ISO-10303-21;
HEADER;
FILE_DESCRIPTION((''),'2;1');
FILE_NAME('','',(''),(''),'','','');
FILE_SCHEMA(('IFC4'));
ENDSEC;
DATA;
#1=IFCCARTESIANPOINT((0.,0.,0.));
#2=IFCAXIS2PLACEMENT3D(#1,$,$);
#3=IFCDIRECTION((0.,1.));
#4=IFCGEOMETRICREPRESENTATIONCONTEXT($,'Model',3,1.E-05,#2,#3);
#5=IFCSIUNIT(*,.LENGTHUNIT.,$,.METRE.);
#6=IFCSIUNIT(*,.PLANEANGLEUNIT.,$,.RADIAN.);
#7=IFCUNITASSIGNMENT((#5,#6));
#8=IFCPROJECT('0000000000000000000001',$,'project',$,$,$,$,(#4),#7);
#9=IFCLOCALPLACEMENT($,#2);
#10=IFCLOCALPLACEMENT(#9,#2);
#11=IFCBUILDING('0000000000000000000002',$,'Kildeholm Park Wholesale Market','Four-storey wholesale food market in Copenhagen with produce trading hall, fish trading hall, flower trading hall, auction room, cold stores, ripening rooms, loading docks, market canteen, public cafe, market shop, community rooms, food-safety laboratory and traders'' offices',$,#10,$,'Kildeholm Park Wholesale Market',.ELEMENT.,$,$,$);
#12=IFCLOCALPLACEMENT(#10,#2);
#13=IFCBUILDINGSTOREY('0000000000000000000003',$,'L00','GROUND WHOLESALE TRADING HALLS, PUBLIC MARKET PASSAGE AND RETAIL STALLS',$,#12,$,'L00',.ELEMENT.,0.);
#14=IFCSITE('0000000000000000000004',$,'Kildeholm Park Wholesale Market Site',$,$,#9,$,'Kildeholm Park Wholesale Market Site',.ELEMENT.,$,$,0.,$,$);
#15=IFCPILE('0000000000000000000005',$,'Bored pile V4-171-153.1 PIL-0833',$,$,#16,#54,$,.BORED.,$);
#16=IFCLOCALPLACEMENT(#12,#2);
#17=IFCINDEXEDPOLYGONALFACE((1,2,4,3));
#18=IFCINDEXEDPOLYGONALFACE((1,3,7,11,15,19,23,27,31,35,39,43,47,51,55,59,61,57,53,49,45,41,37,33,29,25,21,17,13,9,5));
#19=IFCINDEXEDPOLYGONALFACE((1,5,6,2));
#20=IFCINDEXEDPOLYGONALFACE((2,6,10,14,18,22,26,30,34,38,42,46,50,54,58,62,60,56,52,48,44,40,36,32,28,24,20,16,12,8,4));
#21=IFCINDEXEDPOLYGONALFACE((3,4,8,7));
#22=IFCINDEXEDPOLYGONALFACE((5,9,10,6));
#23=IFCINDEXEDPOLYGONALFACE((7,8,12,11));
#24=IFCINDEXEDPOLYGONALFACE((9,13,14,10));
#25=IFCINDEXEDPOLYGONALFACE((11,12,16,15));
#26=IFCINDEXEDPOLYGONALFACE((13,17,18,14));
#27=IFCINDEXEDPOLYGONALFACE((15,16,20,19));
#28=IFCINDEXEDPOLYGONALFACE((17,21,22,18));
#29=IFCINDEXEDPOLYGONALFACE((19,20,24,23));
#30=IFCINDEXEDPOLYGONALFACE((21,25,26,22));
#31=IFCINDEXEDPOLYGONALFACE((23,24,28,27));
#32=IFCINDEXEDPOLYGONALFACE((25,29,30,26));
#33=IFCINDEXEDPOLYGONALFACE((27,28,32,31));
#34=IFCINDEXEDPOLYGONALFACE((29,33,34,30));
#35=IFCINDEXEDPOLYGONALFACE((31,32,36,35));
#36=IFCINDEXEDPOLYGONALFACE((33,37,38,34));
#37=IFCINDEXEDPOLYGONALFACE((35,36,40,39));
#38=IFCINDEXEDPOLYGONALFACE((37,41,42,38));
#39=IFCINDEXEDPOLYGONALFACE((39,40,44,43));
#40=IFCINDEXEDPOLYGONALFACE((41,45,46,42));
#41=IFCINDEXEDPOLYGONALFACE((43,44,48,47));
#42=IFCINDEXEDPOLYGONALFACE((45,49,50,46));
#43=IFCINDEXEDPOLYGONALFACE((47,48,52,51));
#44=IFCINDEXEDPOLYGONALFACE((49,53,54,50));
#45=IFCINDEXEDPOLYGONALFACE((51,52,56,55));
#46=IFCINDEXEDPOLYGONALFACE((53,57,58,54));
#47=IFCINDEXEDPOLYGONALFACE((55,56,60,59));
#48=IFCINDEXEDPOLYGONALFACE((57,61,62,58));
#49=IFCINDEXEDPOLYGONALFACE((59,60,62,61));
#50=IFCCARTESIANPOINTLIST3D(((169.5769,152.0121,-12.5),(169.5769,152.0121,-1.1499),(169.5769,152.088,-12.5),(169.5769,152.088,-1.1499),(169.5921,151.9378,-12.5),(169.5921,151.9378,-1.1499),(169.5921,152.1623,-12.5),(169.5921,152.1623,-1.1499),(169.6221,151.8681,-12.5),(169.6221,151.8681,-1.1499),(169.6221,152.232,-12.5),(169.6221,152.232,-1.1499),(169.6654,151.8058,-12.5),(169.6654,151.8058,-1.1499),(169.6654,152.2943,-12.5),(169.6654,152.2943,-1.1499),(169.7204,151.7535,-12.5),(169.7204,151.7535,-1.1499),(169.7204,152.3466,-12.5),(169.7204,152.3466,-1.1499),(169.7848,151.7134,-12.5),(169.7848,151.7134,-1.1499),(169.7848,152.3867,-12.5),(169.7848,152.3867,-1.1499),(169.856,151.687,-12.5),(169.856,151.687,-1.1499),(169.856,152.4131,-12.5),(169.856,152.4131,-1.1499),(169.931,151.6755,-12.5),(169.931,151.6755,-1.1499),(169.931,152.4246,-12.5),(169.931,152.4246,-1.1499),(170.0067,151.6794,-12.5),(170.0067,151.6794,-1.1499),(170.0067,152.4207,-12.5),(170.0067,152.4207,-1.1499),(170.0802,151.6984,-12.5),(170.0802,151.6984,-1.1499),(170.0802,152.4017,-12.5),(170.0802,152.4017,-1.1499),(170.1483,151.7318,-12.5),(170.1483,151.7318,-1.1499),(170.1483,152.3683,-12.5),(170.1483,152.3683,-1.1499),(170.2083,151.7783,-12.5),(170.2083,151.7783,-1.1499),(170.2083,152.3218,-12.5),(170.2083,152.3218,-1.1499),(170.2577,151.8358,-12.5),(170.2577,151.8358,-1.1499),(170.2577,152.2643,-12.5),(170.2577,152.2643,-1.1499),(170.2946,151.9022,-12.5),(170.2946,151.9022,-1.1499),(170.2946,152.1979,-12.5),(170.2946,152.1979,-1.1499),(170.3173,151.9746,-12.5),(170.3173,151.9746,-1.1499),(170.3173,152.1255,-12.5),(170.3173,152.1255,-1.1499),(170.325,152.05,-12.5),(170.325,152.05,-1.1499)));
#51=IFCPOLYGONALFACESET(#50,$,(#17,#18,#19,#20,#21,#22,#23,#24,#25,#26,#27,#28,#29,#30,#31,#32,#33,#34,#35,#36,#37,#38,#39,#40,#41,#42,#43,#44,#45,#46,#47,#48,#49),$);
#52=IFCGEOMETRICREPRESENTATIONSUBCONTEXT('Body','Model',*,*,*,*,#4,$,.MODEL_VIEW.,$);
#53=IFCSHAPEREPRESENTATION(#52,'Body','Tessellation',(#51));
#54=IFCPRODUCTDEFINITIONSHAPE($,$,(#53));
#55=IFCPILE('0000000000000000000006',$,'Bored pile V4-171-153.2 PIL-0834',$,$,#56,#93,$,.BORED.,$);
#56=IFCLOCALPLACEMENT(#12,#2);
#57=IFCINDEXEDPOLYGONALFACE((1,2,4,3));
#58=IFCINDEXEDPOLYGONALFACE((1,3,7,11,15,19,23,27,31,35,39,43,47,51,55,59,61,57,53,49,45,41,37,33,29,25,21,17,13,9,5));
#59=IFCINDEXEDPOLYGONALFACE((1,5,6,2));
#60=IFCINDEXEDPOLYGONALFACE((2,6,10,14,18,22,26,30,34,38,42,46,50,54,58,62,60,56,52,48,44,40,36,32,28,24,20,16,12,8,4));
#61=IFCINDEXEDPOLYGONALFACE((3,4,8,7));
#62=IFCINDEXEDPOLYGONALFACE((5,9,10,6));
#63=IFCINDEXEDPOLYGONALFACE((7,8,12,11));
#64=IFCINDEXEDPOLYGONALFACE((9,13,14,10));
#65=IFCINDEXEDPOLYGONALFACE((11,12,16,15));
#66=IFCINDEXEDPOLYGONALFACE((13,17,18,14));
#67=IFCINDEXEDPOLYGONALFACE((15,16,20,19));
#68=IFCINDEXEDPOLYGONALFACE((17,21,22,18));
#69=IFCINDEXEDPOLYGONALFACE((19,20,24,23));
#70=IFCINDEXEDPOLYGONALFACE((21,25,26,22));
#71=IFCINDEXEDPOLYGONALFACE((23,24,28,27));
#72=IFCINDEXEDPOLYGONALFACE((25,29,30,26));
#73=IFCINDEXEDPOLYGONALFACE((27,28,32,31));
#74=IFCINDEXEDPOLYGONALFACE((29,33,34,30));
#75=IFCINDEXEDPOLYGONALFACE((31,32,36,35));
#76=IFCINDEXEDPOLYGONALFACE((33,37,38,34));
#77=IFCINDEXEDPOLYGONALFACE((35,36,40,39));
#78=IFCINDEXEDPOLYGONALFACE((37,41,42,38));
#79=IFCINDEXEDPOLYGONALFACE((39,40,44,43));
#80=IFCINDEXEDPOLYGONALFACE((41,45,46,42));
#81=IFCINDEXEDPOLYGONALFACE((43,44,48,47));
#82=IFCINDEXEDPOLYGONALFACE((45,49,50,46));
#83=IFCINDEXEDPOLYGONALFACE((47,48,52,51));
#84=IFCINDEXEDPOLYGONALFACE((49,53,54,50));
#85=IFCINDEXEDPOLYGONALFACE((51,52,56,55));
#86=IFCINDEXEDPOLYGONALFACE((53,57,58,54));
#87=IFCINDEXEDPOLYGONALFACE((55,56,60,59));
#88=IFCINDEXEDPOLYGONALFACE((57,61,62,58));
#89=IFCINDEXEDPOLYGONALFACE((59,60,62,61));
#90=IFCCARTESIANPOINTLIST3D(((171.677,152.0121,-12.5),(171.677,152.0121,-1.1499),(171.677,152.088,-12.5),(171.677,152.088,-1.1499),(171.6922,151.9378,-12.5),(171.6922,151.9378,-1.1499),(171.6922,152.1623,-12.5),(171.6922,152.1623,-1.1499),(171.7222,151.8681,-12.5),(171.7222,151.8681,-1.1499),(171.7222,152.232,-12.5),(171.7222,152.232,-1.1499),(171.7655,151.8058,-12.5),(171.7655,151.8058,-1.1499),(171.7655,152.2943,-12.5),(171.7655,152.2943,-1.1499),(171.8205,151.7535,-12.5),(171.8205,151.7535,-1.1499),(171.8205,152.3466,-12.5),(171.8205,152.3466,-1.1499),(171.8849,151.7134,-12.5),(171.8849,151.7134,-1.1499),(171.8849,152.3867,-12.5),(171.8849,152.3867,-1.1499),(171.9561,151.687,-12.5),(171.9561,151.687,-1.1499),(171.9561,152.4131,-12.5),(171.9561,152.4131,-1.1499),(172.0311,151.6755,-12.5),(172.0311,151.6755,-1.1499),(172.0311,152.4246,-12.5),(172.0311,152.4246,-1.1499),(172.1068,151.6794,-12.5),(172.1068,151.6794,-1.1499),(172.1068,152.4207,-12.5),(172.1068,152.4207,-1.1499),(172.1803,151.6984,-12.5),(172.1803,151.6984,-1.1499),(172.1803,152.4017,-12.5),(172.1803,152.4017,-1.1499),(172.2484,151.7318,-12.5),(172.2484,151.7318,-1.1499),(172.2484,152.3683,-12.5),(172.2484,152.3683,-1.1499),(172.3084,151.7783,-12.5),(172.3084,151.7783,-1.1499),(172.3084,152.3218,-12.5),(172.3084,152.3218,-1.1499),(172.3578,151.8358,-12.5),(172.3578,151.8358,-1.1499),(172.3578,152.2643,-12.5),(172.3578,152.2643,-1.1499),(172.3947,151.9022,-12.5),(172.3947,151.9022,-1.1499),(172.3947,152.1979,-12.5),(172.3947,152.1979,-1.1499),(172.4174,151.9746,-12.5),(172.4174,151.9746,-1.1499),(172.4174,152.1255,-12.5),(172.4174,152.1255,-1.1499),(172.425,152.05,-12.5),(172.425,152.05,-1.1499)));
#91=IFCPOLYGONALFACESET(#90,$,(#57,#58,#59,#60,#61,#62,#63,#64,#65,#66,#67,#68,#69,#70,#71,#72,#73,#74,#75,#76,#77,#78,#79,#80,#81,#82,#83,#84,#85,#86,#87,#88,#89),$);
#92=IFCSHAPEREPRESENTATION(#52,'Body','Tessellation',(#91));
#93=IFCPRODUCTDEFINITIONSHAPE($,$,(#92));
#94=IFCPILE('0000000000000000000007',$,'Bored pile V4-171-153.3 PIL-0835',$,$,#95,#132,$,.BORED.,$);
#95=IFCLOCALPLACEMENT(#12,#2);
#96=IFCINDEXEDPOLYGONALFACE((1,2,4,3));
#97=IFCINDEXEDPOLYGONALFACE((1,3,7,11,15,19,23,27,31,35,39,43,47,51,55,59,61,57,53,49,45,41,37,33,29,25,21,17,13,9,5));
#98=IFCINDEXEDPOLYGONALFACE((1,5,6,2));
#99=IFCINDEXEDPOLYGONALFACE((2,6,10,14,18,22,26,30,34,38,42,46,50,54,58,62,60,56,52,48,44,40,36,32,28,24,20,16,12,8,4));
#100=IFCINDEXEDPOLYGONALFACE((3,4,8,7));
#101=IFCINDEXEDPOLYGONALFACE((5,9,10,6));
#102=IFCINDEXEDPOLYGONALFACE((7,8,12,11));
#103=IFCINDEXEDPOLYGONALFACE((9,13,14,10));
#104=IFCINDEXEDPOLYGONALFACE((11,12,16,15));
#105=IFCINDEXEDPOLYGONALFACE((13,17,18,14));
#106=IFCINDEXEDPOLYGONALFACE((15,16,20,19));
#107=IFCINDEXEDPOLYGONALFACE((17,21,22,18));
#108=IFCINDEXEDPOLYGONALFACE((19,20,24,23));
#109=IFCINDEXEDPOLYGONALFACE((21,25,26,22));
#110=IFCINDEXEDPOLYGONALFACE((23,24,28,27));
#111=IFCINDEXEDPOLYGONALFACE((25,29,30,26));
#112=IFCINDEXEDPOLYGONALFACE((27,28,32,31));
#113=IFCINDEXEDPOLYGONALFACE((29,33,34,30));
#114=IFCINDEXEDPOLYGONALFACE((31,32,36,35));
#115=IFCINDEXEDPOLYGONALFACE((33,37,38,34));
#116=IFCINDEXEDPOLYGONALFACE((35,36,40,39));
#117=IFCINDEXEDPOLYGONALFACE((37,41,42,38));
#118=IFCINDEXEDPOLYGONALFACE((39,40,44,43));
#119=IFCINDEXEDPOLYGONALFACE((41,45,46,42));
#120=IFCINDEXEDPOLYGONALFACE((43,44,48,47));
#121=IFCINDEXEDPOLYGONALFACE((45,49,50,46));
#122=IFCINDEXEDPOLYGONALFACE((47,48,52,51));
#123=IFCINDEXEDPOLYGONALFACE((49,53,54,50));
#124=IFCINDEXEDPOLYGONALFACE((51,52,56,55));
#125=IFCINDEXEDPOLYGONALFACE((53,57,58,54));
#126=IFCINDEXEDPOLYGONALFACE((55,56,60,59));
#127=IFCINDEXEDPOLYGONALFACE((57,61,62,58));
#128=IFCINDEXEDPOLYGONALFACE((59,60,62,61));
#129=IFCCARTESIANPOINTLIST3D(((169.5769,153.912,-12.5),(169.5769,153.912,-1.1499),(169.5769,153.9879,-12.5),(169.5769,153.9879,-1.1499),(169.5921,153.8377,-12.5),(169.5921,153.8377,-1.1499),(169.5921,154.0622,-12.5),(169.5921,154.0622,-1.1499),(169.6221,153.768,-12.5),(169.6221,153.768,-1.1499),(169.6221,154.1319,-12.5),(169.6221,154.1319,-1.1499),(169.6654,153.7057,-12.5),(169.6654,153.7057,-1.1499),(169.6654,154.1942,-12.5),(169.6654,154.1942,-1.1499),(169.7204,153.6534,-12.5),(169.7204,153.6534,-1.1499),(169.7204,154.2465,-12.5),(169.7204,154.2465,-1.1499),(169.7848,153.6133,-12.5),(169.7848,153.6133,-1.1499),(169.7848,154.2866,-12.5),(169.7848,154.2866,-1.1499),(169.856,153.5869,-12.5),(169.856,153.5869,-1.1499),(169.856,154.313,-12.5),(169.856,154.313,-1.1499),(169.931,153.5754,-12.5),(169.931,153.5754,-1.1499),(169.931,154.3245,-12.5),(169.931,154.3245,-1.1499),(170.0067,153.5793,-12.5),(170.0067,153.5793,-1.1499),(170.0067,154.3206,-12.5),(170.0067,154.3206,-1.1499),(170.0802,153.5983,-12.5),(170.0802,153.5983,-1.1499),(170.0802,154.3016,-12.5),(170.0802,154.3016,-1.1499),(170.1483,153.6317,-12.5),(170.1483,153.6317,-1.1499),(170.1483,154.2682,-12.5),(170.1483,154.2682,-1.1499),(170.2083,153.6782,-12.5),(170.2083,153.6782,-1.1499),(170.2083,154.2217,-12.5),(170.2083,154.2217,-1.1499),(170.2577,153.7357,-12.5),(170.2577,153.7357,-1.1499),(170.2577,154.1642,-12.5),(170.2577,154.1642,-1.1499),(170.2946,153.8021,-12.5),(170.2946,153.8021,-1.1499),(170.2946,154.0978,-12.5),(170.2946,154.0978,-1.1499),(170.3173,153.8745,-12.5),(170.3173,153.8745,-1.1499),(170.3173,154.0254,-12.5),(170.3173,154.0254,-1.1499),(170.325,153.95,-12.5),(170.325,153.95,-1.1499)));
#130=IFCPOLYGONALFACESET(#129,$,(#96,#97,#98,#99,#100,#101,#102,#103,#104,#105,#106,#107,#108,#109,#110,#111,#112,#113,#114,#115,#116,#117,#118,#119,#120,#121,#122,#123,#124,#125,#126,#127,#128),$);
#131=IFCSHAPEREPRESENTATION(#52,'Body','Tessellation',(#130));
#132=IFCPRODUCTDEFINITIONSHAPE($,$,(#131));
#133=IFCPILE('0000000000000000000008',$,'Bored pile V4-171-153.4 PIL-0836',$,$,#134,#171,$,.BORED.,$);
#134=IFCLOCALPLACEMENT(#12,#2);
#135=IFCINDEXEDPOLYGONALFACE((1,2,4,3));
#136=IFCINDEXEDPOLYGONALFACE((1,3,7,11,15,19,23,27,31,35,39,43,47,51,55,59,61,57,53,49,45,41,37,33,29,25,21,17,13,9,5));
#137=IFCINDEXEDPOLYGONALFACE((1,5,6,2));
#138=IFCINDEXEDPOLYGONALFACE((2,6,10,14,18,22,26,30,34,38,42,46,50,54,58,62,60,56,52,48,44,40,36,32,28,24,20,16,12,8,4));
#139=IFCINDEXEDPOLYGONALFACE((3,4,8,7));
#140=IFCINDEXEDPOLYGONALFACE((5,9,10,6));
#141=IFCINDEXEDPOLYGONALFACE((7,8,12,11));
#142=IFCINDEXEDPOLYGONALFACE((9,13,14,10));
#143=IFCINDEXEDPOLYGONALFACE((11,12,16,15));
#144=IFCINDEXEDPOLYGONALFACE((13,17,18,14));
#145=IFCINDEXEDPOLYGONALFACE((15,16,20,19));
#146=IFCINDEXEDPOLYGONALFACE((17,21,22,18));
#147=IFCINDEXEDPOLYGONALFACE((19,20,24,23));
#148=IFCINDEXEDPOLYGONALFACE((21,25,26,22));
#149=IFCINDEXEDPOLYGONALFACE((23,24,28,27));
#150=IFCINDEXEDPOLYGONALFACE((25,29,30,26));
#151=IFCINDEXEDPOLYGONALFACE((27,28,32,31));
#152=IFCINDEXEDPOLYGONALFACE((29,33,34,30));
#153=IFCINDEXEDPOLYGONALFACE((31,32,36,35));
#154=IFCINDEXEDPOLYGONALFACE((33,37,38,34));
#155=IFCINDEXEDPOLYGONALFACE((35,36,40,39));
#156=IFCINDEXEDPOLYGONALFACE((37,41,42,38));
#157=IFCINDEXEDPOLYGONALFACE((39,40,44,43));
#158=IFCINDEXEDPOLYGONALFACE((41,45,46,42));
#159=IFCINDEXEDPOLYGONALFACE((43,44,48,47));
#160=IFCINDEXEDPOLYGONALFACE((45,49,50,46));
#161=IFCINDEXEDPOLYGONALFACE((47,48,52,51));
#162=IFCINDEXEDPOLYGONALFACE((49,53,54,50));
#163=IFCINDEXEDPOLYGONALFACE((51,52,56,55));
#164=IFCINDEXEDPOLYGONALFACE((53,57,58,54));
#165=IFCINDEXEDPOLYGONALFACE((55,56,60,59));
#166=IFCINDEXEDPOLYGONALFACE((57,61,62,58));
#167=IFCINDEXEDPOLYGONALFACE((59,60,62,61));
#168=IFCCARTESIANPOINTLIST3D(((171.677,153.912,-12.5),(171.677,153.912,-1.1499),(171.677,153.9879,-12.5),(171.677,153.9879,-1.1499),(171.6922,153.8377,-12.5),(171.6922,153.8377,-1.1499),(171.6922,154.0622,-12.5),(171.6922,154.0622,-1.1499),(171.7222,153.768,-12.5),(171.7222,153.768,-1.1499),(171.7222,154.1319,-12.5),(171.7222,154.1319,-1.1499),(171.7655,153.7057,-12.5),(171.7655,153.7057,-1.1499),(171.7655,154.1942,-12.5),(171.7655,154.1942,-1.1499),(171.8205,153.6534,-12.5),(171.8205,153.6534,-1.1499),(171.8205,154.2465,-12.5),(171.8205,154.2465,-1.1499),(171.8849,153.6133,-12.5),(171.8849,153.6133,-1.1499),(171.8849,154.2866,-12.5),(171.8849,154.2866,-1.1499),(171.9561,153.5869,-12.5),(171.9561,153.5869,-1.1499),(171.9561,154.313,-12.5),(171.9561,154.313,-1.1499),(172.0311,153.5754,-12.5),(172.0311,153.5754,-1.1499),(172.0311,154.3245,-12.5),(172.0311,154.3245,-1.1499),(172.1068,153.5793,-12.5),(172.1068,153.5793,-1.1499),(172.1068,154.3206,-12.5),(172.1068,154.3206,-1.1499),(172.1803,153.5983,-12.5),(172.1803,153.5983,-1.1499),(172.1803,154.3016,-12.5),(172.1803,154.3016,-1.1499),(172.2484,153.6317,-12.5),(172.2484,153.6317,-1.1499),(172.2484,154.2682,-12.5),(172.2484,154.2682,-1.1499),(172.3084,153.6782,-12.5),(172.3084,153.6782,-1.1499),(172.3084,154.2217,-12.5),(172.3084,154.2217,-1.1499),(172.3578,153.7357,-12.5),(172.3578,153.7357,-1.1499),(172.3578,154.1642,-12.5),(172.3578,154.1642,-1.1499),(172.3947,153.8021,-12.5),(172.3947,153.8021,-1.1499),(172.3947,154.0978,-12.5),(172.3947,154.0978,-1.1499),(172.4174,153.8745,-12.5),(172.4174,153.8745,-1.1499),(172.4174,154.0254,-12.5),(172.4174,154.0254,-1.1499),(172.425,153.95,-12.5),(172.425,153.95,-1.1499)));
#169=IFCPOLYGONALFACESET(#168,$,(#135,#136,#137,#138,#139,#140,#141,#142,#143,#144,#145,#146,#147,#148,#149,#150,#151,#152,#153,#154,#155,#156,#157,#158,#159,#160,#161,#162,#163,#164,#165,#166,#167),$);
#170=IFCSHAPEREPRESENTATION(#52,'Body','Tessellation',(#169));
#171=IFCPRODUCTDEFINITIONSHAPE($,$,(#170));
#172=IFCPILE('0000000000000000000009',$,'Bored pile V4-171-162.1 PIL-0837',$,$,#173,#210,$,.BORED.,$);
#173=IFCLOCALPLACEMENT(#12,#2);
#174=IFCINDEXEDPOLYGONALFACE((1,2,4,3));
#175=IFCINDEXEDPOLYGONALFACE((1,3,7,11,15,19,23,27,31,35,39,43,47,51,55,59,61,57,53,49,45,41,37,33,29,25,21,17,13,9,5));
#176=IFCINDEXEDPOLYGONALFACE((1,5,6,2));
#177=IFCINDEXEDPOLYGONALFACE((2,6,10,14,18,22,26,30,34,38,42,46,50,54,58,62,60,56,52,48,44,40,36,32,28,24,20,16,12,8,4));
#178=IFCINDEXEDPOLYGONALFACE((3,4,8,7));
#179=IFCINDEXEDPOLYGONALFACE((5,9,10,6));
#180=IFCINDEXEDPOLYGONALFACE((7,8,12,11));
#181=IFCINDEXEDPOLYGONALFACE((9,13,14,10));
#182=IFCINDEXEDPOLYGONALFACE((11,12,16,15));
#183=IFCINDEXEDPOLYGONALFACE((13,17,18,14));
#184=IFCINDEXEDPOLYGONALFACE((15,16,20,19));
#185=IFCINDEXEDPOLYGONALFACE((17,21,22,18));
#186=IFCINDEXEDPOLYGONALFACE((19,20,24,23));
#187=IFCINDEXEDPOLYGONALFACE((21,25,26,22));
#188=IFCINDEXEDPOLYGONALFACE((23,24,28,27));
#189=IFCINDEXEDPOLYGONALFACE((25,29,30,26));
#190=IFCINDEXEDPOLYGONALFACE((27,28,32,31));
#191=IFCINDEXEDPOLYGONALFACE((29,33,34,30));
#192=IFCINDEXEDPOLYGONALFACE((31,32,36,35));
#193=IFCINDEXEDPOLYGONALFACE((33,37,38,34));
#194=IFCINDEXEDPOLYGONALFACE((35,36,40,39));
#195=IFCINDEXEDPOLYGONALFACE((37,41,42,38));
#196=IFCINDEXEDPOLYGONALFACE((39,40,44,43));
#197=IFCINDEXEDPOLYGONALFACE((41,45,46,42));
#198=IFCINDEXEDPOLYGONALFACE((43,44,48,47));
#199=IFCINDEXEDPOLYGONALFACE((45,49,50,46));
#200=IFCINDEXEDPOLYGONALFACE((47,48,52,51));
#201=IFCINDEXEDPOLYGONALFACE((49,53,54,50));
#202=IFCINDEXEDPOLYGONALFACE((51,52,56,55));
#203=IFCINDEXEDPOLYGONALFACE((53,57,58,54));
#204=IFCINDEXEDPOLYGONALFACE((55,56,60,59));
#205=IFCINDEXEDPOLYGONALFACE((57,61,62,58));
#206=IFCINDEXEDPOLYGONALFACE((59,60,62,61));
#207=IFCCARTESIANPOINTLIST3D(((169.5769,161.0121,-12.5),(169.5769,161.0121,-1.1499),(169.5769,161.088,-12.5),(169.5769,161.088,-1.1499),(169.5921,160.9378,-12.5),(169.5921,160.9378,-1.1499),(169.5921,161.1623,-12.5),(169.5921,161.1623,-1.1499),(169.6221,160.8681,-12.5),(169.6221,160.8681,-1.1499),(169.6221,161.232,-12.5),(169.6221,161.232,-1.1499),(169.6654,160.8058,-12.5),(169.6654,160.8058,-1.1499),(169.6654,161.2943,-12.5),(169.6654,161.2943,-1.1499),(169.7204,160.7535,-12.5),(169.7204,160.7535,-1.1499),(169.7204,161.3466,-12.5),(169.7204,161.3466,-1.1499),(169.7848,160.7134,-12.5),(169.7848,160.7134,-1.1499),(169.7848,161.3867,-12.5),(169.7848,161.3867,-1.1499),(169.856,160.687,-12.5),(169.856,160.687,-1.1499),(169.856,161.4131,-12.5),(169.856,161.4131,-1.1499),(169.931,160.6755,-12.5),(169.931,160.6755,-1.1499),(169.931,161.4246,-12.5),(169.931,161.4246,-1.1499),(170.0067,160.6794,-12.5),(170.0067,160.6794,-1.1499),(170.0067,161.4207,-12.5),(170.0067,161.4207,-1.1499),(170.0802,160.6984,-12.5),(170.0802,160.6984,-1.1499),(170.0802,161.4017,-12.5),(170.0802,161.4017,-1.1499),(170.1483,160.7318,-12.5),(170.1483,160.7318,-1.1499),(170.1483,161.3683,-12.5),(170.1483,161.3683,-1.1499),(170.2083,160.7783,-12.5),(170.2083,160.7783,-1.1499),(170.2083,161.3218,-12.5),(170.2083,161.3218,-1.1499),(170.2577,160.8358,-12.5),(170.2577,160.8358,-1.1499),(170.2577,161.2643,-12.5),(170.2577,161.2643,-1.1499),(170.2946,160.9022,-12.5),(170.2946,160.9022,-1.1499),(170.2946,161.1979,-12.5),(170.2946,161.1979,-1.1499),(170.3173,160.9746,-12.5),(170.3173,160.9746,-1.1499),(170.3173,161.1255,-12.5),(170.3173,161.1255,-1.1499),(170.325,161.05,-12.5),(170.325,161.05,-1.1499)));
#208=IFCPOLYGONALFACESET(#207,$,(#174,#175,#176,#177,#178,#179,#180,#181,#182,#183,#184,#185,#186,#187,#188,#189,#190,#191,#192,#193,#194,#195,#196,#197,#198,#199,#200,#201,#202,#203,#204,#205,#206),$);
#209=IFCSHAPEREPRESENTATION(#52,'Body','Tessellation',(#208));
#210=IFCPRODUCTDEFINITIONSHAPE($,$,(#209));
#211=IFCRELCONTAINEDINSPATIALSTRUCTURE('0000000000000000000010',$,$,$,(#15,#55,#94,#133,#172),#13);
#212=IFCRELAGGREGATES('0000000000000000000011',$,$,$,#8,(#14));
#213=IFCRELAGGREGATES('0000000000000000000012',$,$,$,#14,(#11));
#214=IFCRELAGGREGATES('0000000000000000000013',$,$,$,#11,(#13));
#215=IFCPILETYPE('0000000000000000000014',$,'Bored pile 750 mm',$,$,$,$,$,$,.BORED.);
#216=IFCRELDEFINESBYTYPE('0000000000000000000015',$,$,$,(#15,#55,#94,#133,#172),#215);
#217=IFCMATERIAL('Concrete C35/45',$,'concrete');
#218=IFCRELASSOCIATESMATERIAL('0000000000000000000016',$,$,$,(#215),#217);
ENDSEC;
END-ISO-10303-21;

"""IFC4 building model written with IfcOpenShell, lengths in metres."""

from ifc_helpers import new_model, si_unit, direction, frame, origin, origin_2d, place, context, subcontext, project, spatial, circle, extrude, material, material_profile, profile_set, type_object, element, save


model = new_model("IFC4")

# Units and contexts
model_context = context("Model", 3, precision=1e-05, world=origin(), true_north=direction((0.0, 1.0)))
body_context = subcontext(model_context, "Body", "Model", "MODEL_VIEW")
ifc_project = project(units=[si_unit("LENGTHUNIT", "METRE"), si_unit("PLANEANGLEUNIT", "RADIAN")], contexts=[model_context])

# Site, building, storey
site_placement = place(None, origin())
site = spatial("IfcSite", under=ifc_project, at=site_placement, Name="Kildeholm Park Wholesale Market Site", LongName="Kildeholm Park Wholesale Market Site", CompositionType="ELEMENT", RefElevation=0.0)
building_placement = place(site_placement, origin())
building = spatial("IfcBuilding", under=site, at=building_placement, Name="Kildeholm Park Wholesale Market", Description="Four-storey wholesale food market in Copenhagen with produce trading hall, fish trading hall, flower trading hall, auction room, cold stores, ripening rooms, loading docks, market canteen, public cafe, market shop, community rooms, food-safety laboratory and traders' offices", LongName="Kildeholm Park Wholesale Market", CompositionType="ELEMENT")
storey_placement = place(building_placement, origin())
storey = spatial("IfcBuildingStorey", under=building, at=storey_placement, Name="L00", Description="GROUND WHOLESALE TRADING HALLS, PUBLIC MARKET PASSAGE AND RETAIL STALLS", LongName="L00", CompositionType="ELEMENT", Elevation=0.0)

# Piles
ifc_material_1 = material(Name="Concrete C35/45", Category="concrete")
ifc_material_profile_1 = material_profile(ifc_material_1, circle(Radius=0.375, at=origin_2d()), Name="PILE D750")
ifc_profile_set_1 = profile_set([ifc_material_profile_1], Name="Concrete C35/45")
pile_type = type_object("IfcPileType", Name="Bored pile 750 mm", PredefinedType="BORED", material=ifc_profile_set_1)
for number, where, z_axis, x_axis, name in (
    (1, (169.95, 152.05, -1.1499), (0.0, 0.0, -1.0), (1.0, 0.0, 0.0), "Bored pile V4-171-153.1 PIL-0833"),
    (2, (172.05, 152.05, -1.1499), (0.0, 0.0, -1.0), (1.0, 0.0, 0.0), "Bored pile V4-171-153.2 PIL-0834"),
    (3, (169.95, 153.95, -1.1499), (0.0, 0.0, -1.0), (1.0, 0.0, 0.0), "Bored pile V4-171-153.3 PIL-0835"),
    (4, (172.05, 153.95, -1.1499), (0.0, 0.0, -1.0), (1.0, 0.0, 0.0), "Bored pile V4-171-153.4 PIL-0836"),
    (5, (169.95, 161.05, -1.1499), (0.0, 0.0, -1.0), (1.0, 0.0, 0.0), "Bored pile V4-171-162.1 PIL-0837"),
):
    element("IfcPile", number, at=place(storey_placement, frame(where, z_axis=z_axis, x_axis=x_axis)), inside=storey, type_object=pile_type, Name=name, PredefinedType="BORED", context=body_context, shape_type="SweptSolid", body=[
        extrude(circle(Radius=0.375, at=origin_2d()), origin(), (0.0, 0.0, 1.0), 11.3501),
    ])

save(model, "model.ifc")
